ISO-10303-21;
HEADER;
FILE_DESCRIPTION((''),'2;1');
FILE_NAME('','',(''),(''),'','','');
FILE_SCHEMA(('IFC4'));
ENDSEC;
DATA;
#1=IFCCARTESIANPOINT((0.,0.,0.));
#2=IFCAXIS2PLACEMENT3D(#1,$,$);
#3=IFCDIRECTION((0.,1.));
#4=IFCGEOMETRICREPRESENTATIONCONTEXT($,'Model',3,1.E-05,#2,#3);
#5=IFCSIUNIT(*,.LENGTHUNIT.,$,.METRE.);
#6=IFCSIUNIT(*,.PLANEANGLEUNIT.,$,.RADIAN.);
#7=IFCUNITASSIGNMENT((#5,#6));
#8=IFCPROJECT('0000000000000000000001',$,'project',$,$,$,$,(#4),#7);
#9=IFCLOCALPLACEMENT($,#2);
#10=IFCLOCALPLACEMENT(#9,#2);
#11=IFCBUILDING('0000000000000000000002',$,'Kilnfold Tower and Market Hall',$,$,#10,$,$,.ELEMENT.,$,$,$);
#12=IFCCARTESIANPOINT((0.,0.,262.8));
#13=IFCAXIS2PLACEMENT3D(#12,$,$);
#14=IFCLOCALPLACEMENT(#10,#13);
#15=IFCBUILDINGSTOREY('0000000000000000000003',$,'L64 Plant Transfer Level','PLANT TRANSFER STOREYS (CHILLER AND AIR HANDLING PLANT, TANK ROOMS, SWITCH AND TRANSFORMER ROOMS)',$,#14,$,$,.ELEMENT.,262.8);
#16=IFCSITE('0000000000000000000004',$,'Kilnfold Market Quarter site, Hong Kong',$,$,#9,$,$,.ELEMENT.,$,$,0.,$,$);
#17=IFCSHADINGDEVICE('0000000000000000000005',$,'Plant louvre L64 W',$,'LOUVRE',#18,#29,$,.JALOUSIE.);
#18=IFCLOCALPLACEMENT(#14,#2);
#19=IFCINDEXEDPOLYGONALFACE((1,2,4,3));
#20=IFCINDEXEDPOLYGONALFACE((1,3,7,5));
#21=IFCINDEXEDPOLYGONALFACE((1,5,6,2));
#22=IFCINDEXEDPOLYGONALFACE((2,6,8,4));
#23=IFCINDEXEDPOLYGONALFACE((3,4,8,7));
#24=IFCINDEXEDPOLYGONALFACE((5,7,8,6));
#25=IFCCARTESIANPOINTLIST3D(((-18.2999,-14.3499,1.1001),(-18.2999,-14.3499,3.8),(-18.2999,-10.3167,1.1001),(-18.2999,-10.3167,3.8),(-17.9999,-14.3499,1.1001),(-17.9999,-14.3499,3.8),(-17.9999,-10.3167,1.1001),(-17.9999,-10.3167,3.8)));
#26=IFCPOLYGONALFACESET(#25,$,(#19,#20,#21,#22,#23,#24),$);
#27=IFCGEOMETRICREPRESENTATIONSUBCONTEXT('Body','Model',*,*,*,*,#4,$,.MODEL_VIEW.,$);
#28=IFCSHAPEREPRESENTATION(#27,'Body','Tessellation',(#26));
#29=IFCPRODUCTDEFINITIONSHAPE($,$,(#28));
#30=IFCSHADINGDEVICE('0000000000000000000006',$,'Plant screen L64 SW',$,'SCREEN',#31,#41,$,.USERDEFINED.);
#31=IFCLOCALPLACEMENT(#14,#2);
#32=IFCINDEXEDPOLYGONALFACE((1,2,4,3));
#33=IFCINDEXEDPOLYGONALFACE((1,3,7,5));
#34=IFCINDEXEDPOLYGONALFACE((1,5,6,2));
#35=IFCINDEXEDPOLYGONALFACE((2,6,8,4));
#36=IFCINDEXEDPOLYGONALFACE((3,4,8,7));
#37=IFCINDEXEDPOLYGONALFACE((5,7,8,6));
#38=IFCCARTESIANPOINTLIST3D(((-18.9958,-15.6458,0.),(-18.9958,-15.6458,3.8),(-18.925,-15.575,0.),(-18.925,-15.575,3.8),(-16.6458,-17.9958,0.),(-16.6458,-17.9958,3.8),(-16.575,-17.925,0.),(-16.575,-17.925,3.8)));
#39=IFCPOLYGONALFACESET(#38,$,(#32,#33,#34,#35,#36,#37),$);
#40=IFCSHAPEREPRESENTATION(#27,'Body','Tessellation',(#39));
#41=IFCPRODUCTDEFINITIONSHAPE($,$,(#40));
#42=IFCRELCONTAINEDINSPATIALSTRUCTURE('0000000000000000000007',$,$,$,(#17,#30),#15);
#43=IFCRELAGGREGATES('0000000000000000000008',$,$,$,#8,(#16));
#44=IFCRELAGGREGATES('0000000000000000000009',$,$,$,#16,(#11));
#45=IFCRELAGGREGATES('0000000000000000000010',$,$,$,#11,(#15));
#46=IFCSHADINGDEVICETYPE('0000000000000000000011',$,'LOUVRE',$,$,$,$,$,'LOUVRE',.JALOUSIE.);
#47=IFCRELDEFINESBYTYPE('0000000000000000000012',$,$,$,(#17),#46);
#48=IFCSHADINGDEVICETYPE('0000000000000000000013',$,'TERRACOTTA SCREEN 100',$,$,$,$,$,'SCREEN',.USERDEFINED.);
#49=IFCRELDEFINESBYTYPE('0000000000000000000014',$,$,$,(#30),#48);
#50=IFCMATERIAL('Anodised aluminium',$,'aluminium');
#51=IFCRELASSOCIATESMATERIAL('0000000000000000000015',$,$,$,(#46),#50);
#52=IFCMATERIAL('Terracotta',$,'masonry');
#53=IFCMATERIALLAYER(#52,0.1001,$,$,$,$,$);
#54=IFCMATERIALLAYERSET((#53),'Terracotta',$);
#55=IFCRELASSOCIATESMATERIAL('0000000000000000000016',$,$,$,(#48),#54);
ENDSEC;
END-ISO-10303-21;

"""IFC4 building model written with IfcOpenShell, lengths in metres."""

from ifc_helpers import new_model, si_unit, direction, frame, origin, origin_2d, place, context, subcontext, project, spatial, rectangle, extrude, source, transform, mapped, material, layer, layer_set, type_object, element, save


model = new_model("IFC4")

# Units and contexts
model_context = context("Model", 3, precision=1e-05, world=origin(), true_north=direction((0.0, 1.0)))
body_context = subcontext(model_context, "Body", "Model", "MODEL_VIEW")
ifc_project = project(units=[si_unit("LENGTHUNIT", "METRE"), si_unit("PLANEANGLEUNIT", "RADIAN")], contexts=[model_context])

# Site, building, storey
site_placement = place(None, origin())
site = spatial("IfcSite", under=ifc_project, at=site_placement, Name="Kilnfold Market Quarter site, Hong Kong", CompositionType="ELEMENT", RefElevation=0.0)
building_placement = place(site_placement, origin())
building = spatial("IfcBuilding", under=site, at=building_placement, Name="Kilnfold Tower and Market Hall", CompositionType="ELEMENT")
storey_placement = place(building_placement, frame((0.0, 0.0, 262.8)))
storey = spatial("IfcBuildingStorey", under=building, at=storey_placement, Name="L64 Plant Transfer Level", Description="PLANT TRANSFER STOREYS (CHILLER AND AIR HANDLING PLANT, TANK ROOMS, SWITCH AND TRANSFORMER ROOMS)", CompositionType="ELEMENT", Elevation=262.8)

# Shading devices
ifc_material_1 = material(Name="Anodised aluminium", Category="aluminium")
shading_device_type_1 = type_object("IfcShadingDeviceType", Name="LOUVRE", ElementType="LOUVRE", PredefinedType="JALOUSIE", material=ifc_material_1)
shared_shape_1 = source(origin(), body_context, "Body", "SweptSolid", [
    extrude(rectangle(XDim=4.0332, YDim=0.3, at=origin_2d()), origin(), (0.0, 0.0, 1.0), 2.7),
])
shading_device_1_placement = place(storey_placement, frame((-18.1499, -12.3333, 1.1001), z_axis=(0.0, 0.0, 1.0), x_axis=(0.0, -1.0, 0.0)))
element("IfcShadingDevice", 1, at=shading_device_1_placement, inside=storey, type_object=shading_device_type_1, Name="Plant louvre L64 W", ObjectType="LOUVRE", PredefinedType="JALOUSIE", context=body_context, shape_type="MappedRepresentation", body=[
    mapped(shared_shape_1, transform((0.0, 0.0, 0.0))),
])
ifc_material_2 = material(Name="Terracotta", Category="masonry")
ifc_layer_1 = layer(ifc_material_2, 0.1001)
ifc_layer_set_1 = layer_set([ifc_layer_1], Name="Terracotta")
shading_device_type_2 = type_object("IfcShadingDeviceType", Name="TERRACOTTA SCREEN 100", ElementType="SCREEN", PredefinedType="USERDEFINED", material=ifc_layer_set_1)
shared_shape_2 = source(origin(), body_context, "Body", "SweptSolid", [
    extrude(rectangle(XDim=3.3235, YDim=0.1001, at=origin_2d()), origin(), (0.0, 0.0, 1.0), 3.8),
])
shading_device_2_placement = place(storey_placement, frame((-17.7854, -16.7854, 0.0), z_axis=(0.0, 0.0, 1.0), x_axis=(0.707107, -0.707107, 0.0)))
element("IfcShadingDevice", 2, at=shading_device_2_placement, inside=storey, type_object=shading_device_type_2, Name="Plant screen L64 SW", ObjectType="SCREEN", PredefinedType="USERDEFINED", context=body_context, shape_type="MappedRepresentation", body=[
    mapped(shared_shape_2, transform((0.0, 0.0, 0.0))),
])

save(model, "model.ifc")
